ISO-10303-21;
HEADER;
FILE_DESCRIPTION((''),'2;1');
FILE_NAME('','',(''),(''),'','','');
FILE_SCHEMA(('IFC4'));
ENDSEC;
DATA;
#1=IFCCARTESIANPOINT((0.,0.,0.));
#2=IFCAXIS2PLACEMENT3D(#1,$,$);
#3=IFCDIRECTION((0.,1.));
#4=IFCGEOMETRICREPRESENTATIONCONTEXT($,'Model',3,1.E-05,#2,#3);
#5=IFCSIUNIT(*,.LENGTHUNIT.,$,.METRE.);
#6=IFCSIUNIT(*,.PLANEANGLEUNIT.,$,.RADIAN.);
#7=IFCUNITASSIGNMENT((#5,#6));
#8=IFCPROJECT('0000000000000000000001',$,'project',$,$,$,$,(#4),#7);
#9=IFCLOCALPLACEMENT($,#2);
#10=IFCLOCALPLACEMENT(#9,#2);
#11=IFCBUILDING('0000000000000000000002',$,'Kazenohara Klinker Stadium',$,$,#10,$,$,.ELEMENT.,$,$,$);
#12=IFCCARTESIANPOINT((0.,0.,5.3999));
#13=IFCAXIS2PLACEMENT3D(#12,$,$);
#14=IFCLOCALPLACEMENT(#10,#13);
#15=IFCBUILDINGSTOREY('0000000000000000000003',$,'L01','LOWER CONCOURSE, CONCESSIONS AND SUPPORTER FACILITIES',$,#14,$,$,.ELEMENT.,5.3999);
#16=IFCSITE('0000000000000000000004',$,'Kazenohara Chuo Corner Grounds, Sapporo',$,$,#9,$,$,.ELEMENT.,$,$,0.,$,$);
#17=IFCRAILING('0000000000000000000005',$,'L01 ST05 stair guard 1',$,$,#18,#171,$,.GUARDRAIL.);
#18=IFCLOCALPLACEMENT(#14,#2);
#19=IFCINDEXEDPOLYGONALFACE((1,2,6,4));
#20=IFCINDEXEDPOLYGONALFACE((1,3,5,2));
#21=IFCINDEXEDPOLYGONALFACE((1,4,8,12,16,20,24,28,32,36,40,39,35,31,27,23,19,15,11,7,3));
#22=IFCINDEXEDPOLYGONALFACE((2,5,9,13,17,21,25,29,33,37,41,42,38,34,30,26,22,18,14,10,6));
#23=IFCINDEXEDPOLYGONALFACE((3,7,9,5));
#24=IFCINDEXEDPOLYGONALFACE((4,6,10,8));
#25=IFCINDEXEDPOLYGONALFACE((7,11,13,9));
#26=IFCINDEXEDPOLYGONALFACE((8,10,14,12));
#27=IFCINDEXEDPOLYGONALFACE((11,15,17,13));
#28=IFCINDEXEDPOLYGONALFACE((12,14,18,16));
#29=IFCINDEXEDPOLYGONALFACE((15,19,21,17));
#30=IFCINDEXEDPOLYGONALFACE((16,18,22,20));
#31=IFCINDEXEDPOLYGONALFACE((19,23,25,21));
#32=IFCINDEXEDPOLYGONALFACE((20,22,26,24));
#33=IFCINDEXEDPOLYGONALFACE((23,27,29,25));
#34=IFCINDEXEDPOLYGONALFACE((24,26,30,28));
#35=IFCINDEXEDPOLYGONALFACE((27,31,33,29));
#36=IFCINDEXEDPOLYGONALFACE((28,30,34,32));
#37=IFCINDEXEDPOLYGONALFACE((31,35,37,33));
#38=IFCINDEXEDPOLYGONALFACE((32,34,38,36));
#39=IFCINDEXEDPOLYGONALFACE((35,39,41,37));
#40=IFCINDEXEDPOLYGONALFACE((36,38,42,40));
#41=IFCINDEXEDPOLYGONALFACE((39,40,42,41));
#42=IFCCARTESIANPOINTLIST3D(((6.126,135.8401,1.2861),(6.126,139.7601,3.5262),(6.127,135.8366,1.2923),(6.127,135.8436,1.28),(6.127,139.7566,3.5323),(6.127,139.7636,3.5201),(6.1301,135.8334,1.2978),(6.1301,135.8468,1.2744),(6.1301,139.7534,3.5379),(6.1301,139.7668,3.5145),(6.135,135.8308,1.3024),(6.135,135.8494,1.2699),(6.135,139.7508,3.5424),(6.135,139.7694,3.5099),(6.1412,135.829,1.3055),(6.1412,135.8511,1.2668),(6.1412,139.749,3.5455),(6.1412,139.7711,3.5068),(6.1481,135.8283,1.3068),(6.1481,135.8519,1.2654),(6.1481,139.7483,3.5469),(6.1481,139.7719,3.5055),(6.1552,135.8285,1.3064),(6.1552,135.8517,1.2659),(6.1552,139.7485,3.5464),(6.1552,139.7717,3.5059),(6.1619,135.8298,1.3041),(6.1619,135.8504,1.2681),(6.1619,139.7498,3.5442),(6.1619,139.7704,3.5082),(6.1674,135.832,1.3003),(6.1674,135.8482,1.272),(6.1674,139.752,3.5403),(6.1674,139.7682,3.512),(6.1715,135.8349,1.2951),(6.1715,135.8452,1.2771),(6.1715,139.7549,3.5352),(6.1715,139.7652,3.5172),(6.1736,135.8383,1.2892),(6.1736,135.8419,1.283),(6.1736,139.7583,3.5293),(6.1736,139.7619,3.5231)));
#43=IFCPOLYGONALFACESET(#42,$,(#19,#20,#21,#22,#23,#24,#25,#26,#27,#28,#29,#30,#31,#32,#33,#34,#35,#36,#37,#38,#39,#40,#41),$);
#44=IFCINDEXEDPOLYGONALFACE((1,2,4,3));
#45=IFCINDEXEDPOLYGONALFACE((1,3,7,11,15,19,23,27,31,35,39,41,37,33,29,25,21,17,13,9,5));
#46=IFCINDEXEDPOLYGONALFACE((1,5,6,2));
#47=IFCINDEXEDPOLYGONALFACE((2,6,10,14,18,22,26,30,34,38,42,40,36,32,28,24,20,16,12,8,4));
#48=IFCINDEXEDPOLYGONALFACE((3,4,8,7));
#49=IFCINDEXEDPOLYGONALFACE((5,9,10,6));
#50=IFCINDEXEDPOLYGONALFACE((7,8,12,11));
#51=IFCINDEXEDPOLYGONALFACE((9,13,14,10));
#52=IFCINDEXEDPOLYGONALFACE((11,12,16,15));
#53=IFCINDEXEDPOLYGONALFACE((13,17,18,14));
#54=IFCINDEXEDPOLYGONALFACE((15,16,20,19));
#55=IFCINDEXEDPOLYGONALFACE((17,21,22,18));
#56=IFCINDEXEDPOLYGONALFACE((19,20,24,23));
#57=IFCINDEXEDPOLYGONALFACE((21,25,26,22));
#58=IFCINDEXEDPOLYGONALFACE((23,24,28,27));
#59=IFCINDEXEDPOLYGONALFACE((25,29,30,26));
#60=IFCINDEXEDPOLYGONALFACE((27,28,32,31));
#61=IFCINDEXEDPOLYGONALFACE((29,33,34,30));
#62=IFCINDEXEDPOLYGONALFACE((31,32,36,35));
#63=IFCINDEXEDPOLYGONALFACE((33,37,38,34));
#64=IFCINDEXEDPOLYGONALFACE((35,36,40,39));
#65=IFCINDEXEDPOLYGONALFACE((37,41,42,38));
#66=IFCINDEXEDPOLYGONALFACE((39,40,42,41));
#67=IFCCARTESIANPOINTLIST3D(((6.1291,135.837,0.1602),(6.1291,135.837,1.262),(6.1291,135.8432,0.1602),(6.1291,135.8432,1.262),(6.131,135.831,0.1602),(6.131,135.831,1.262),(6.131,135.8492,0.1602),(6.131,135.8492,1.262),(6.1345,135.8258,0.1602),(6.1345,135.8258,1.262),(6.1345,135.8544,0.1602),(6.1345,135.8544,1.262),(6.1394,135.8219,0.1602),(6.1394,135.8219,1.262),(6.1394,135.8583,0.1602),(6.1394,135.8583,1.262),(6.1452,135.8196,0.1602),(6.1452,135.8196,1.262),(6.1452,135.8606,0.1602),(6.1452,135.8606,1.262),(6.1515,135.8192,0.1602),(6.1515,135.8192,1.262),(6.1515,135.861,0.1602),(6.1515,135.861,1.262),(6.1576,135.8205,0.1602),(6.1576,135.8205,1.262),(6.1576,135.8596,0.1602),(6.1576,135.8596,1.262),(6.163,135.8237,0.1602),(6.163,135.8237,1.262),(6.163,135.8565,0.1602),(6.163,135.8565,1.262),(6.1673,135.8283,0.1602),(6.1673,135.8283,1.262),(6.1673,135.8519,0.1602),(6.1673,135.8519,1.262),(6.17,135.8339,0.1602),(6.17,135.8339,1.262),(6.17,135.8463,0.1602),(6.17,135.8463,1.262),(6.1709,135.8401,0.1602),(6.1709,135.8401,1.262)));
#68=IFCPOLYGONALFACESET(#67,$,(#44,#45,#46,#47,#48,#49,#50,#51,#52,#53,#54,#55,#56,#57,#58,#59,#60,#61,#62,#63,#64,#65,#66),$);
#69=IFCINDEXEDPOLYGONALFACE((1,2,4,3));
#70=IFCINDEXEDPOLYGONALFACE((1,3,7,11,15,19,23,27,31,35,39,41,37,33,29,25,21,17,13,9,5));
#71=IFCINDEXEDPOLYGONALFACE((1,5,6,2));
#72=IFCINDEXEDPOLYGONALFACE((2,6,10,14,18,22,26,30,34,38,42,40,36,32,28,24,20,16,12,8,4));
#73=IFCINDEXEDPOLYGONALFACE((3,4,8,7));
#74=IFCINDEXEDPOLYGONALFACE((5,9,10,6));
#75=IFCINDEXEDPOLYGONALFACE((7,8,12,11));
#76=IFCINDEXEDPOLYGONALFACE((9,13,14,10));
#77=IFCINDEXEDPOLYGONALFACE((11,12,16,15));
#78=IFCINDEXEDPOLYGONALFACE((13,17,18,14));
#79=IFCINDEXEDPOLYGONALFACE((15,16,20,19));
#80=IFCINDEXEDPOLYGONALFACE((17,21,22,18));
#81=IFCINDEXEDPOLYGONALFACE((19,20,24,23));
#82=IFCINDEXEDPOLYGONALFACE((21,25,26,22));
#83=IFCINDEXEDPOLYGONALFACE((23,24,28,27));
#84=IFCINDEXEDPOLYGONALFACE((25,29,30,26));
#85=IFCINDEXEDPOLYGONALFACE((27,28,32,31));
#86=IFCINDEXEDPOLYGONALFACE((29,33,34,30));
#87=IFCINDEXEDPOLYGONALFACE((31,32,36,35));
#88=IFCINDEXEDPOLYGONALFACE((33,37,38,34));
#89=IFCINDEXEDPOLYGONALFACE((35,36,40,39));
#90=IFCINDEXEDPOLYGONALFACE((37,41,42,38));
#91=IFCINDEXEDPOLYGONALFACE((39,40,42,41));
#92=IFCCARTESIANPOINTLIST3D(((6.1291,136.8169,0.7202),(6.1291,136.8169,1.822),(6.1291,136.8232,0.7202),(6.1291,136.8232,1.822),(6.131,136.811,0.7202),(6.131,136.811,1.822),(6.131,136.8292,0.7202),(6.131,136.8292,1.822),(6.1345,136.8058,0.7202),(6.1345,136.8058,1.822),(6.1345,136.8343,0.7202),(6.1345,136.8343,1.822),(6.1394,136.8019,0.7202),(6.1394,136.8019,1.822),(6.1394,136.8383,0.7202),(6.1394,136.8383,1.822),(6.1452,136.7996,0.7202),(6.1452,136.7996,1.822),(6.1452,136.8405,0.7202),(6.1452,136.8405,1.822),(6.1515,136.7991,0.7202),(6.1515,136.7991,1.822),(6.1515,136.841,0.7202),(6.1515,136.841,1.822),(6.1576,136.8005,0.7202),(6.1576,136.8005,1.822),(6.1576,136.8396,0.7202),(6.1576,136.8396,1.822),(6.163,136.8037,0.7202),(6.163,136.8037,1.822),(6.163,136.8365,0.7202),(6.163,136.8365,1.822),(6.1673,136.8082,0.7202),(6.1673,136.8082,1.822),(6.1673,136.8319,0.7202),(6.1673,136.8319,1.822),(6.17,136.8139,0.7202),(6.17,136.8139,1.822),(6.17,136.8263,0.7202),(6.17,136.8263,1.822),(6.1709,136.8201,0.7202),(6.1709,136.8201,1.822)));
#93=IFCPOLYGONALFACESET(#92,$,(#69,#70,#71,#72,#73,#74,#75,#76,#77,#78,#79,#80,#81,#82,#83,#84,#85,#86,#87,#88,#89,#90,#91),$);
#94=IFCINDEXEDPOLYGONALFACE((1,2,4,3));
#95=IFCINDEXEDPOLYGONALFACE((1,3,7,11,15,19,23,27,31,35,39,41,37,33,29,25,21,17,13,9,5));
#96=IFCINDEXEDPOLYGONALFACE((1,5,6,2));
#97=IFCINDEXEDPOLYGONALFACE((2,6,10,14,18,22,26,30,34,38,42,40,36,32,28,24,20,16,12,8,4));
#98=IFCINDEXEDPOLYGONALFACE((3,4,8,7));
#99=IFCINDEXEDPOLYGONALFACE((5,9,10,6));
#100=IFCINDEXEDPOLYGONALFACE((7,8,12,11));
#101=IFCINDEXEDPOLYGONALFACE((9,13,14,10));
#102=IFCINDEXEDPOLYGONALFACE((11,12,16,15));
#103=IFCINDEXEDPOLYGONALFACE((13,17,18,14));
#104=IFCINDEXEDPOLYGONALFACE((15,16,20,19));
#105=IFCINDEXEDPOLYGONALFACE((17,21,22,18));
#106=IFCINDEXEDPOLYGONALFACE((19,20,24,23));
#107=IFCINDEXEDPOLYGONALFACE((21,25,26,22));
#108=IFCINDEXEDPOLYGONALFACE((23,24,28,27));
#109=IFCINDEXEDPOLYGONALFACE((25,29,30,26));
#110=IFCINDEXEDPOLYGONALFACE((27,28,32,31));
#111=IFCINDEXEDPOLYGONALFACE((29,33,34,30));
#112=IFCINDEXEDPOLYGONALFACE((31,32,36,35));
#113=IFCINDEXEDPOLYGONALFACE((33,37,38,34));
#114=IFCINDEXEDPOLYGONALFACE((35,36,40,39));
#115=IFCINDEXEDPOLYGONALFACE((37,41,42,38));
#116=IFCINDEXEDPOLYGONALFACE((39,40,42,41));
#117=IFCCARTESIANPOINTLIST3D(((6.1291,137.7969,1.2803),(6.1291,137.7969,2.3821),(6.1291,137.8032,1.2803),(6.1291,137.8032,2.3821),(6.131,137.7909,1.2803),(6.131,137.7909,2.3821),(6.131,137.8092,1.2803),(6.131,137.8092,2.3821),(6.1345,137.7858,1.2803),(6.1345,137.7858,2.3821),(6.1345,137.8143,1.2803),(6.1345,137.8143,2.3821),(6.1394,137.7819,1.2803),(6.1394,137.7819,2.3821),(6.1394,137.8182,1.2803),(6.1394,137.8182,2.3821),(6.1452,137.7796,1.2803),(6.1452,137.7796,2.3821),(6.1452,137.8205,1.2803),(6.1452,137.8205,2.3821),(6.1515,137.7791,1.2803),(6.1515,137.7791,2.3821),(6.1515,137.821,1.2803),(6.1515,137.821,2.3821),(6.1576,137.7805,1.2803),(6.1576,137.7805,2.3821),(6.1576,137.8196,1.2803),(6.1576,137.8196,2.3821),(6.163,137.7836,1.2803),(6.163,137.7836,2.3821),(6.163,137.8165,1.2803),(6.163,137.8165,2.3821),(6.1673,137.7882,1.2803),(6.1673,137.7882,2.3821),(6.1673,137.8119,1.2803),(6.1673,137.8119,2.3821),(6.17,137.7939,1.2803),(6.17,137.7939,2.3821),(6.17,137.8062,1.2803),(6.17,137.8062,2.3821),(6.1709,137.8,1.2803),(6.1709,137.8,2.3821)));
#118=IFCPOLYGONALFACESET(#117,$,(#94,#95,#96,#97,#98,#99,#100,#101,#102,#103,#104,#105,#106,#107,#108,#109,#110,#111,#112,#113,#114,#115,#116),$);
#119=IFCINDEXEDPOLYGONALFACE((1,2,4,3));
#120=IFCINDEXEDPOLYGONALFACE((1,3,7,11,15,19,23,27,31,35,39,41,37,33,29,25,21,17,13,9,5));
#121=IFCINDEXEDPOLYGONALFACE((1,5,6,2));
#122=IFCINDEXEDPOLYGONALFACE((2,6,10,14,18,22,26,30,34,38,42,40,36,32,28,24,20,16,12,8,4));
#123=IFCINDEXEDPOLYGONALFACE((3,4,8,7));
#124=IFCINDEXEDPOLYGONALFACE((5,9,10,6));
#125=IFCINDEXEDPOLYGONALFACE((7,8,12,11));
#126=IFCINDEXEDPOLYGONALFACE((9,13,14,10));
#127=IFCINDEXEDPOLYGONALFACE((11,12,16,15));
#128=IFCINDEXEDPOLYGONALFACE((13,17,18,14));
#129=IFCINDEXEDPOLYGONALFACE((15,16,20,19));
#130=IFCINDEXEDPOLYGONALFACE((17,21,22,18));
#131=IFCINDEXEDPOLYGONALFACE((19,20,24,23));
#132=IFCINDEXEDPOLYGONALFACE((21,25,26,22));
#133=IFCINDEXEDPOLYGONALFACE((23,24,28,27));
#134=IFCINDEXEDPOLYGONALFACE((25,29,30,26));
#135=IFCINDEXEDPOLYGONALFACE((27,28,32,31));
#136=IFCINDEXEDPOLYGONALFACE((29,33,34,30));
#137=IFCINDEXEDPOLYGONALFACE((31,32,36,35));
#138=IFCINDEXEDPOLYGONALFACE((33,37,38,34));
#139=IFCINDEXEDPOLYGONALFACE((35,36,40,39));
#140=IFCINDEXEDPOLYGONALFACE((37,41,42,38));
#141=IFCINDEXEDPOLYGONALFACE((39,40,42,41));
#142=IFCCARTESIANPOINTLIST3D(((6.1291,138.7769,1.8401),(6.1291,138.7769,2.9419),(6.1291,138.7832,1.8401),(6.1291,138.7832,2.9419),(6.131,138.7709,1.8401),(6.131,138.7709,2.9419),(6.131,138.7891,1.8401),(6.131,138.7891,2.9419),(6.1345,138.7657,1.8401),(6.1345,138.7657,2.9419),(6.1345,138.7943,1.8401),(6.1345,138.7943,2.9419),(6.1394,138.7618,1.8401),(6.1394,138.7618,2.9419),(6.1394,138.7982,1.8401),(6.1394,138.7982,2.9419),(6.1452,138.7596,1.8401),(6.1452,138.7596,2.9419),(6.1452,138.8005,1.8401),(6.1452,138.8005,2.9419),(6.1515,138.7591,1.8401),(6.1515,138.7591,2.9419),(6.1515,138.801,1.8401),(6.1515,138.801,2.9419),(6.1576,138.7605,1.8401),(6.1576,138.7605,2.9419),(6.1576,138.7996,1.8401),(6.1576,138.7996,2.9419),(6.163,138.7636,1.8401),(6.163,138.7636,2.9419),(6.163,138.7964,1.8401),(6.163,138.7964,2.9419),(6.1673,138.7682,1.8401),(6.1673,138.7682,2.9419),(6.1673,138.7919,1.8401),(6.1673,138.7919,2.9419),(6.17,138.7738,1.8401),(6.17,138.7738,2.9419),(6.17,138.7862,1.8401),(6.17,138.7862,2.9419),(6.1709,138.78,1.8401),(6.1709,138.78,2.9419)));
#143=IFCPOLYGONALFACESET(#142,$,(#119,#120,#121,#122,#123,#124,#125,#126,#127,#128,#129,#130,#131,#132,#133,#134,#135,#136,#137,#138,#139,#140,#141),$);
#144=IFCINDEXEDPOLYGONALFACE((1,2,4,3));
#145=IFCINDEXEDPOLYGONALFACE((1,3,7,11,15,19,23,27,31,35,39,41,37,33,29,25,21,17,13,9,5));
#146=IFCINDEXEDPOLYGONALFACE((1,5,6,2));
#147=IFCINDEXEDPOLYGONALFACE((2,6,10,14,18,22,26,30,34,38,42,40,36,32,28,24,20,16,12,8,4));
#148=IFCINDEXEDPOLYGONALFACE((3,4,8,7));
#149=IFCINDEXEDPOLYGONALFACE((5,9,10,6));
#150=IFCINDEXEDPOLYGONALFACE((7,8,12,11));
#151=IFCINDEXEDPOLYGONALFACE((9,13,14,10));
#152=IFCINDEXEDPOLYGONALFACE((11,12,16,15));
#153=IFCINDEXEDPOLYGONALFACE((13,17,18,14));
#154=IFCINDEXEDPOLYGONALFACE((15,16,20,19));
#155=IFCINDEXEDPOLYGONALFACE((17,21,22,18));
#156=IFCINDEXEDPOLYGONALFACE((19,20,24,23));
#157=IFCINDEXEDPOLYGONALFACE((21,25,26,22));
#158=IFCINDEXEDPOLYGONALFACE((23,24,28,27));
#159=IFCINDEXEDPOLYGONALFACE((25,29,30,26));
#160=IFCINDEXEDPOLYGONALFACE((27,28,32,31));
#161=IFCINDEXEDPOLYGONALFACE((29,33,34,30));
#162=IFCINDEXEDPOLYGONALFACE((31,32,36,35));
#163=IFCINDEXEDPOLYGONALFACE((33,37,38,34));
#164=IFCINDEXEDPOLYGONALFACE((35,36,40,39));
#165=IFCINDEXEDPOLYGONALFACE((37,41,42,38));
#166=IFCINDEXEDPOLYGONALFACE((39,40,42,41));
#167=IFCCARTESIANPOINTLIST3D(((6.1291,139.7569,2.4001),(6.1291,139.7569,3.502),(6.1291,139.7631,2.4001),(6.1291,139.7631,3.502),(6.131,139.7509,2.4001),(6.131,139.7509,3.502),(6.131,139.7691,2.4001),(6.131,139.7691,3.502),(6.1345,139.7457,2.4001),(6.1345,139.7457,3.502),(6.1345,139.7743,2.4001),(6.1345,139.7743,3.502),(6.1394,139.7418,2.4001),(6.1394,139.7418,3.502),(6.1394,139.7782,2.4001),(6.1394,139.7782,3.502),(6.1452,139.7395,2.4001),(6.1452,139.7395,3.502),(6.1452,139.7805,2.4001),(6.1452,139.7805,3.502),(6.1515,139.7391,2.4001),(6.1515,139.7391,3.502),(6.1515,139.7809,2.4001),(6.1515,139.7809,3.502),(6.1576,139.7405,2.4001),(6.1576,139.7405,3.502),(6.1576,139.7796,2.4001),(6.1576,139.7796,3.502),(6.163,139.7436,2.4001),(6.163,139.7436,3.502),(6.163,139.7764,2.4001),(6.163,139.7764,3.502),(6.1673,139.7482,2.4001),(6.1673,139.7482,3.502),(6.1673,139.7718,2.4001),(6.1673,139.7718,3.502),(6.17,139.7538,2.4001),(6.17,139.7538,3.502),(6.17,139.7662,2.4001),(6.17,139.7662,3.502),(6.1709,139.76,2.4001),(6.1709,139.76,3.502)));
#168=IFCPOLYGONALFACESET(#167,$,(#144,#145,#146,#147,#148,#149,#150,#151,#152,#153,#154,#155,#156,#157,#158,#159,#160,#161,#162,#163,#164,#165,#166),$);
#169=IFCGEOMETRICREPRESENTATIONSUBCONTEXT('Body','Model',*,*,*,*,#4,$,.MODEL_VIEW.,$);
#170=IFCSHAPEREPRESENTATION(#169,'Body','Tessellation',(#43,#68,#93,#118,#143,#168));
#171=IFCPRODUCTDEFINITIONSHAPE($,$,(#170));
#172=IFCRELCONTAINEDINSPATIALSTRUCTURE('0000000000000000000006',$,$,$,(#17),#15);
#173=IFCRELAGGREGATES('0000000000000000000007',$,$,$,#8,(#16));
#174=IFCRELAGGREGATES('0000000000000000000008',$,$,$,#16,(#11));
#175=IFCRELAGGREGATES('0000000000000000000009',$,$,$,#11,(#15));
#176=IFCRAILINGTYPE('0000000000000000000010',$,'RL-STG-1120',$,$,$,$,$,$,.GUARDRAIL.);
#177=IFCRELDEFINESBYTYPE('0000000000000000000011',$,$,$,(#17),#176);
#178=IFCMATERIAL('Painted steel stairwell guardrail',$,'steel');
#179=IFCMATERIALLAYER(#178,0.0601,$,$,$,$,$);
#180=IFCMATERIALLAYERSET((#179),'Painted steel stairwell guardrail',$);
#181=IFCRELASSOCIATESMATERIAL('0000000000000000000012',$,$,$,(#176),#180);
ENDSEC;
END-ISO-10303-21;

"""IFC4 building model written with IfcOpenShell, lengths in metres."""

from ifc_helpers import new_model, si_unit, direction, frame, origin, origin_2d, place, context, subcontext, project, spatial, circle, extrude, material, layer, layer_set, type_object, element, save


model = new_model("IFC4")

# Units and contexts
model_context = context("Model", 3, precision=1e-05, world=origin(), true_north=direction((0.0, 1.0)))
body_context = subcontext(model_context, "Body", "Model", "MODEL_VIEW")
ifc_project = project(units=[si_unit("LENGTHUNIT", "METRE"), si_unit("PLANEANGLEUNIT", "RADIAN")], contexts=[model_context])

# Site, building, storey
site_placement = place(None, origin())
site = spatial("IfcSite", under=ifc_project, at=site_placement, Name="Kazenohara Chuo Corner Grounds, Sapporo", CompositionType="ELEMENT", RefElevation=0.0)
building_placement = place(site_placement, origin())
building = spatial("IfcBuilding", under=site, at=building_placement, Name="Kazenohara Klinker Stadium", CompositionType="ELEMENT")
storey_placement = place(building_placement, frame((0.0, 0.0, 5.3999)))
storey = spatial("IfcBuildingStorey", under=building, at=storey_placement, Name="L01", Description="LOWER CONCOURSE, CONCESSIONS AND SUPPORTER FACILITIES", CompositionType="ELEMENT", Elevation=5.3999)

# Railing
ifc_material_1 = material(Name="Painted steel stairwell guardrail", Category="steel")
ifc_layer_1 = layer(ifc_material_1, 0.0601)
ifc_layer_set_1 = layer_set([ifc_layer_1], Name="Painted steel stairwell guardrail")
railing_type_1 = type_object("IfcRailingType", Name="RL-STG-1120", PredefinedType="GUARDRAIL", material=ifc_layer_set_1)
railing_1_placement = place(storey_placement, frame((6.1499, 135.8401, 0.1602)))
element("IfcRailing", 1, at=railing_1_placement, inside=storey, type_object=railing_type_1, Name="L01 ST05 stair guard 1", PredefinedType="GUARDRAIL", context=body_context, shape_type="SweptSolid", body=[
    extrude(circle(Radius=0.0239, at=origin_2d()), frame((0.0, 0.0, 1.126), z_axis=(0.0, 0.86824, 0.496145), x_axis=(-1.0, 0.0, 0.0)), (0.0, 0.0, 1.0), 4.5149),
    extrude(circle(Radius=0.021, at=origin_2d()), origin(), (0.0, 0.0, 1.0), 1.1018),
    extrude(circle(Radius=0.021, at=origin_2d()), frame((0.0, 0.98, 0.5601)), (0.0, 0.0, 1.0), 1.1018),
    extrude(circle(Radius=0.021, at=origin_2d()), frame((0.0, 1.96, 1.1201)), (0.0, 0.0, 1.0), 1.1018),
    extrude(circle(Radius=0.021, at=origin_2d()), frame((0.0, 2.9399, 1.6799)), (0.0, 0.0, 1.0), 1.1018),
    extrude(circle(Radius=0.021, at=origin_2d()), frame((0.0, 3.9199, 2.24)), (0.0, 0.0, 1.0), 1.1018),
])

save(model, "model.ifc")
